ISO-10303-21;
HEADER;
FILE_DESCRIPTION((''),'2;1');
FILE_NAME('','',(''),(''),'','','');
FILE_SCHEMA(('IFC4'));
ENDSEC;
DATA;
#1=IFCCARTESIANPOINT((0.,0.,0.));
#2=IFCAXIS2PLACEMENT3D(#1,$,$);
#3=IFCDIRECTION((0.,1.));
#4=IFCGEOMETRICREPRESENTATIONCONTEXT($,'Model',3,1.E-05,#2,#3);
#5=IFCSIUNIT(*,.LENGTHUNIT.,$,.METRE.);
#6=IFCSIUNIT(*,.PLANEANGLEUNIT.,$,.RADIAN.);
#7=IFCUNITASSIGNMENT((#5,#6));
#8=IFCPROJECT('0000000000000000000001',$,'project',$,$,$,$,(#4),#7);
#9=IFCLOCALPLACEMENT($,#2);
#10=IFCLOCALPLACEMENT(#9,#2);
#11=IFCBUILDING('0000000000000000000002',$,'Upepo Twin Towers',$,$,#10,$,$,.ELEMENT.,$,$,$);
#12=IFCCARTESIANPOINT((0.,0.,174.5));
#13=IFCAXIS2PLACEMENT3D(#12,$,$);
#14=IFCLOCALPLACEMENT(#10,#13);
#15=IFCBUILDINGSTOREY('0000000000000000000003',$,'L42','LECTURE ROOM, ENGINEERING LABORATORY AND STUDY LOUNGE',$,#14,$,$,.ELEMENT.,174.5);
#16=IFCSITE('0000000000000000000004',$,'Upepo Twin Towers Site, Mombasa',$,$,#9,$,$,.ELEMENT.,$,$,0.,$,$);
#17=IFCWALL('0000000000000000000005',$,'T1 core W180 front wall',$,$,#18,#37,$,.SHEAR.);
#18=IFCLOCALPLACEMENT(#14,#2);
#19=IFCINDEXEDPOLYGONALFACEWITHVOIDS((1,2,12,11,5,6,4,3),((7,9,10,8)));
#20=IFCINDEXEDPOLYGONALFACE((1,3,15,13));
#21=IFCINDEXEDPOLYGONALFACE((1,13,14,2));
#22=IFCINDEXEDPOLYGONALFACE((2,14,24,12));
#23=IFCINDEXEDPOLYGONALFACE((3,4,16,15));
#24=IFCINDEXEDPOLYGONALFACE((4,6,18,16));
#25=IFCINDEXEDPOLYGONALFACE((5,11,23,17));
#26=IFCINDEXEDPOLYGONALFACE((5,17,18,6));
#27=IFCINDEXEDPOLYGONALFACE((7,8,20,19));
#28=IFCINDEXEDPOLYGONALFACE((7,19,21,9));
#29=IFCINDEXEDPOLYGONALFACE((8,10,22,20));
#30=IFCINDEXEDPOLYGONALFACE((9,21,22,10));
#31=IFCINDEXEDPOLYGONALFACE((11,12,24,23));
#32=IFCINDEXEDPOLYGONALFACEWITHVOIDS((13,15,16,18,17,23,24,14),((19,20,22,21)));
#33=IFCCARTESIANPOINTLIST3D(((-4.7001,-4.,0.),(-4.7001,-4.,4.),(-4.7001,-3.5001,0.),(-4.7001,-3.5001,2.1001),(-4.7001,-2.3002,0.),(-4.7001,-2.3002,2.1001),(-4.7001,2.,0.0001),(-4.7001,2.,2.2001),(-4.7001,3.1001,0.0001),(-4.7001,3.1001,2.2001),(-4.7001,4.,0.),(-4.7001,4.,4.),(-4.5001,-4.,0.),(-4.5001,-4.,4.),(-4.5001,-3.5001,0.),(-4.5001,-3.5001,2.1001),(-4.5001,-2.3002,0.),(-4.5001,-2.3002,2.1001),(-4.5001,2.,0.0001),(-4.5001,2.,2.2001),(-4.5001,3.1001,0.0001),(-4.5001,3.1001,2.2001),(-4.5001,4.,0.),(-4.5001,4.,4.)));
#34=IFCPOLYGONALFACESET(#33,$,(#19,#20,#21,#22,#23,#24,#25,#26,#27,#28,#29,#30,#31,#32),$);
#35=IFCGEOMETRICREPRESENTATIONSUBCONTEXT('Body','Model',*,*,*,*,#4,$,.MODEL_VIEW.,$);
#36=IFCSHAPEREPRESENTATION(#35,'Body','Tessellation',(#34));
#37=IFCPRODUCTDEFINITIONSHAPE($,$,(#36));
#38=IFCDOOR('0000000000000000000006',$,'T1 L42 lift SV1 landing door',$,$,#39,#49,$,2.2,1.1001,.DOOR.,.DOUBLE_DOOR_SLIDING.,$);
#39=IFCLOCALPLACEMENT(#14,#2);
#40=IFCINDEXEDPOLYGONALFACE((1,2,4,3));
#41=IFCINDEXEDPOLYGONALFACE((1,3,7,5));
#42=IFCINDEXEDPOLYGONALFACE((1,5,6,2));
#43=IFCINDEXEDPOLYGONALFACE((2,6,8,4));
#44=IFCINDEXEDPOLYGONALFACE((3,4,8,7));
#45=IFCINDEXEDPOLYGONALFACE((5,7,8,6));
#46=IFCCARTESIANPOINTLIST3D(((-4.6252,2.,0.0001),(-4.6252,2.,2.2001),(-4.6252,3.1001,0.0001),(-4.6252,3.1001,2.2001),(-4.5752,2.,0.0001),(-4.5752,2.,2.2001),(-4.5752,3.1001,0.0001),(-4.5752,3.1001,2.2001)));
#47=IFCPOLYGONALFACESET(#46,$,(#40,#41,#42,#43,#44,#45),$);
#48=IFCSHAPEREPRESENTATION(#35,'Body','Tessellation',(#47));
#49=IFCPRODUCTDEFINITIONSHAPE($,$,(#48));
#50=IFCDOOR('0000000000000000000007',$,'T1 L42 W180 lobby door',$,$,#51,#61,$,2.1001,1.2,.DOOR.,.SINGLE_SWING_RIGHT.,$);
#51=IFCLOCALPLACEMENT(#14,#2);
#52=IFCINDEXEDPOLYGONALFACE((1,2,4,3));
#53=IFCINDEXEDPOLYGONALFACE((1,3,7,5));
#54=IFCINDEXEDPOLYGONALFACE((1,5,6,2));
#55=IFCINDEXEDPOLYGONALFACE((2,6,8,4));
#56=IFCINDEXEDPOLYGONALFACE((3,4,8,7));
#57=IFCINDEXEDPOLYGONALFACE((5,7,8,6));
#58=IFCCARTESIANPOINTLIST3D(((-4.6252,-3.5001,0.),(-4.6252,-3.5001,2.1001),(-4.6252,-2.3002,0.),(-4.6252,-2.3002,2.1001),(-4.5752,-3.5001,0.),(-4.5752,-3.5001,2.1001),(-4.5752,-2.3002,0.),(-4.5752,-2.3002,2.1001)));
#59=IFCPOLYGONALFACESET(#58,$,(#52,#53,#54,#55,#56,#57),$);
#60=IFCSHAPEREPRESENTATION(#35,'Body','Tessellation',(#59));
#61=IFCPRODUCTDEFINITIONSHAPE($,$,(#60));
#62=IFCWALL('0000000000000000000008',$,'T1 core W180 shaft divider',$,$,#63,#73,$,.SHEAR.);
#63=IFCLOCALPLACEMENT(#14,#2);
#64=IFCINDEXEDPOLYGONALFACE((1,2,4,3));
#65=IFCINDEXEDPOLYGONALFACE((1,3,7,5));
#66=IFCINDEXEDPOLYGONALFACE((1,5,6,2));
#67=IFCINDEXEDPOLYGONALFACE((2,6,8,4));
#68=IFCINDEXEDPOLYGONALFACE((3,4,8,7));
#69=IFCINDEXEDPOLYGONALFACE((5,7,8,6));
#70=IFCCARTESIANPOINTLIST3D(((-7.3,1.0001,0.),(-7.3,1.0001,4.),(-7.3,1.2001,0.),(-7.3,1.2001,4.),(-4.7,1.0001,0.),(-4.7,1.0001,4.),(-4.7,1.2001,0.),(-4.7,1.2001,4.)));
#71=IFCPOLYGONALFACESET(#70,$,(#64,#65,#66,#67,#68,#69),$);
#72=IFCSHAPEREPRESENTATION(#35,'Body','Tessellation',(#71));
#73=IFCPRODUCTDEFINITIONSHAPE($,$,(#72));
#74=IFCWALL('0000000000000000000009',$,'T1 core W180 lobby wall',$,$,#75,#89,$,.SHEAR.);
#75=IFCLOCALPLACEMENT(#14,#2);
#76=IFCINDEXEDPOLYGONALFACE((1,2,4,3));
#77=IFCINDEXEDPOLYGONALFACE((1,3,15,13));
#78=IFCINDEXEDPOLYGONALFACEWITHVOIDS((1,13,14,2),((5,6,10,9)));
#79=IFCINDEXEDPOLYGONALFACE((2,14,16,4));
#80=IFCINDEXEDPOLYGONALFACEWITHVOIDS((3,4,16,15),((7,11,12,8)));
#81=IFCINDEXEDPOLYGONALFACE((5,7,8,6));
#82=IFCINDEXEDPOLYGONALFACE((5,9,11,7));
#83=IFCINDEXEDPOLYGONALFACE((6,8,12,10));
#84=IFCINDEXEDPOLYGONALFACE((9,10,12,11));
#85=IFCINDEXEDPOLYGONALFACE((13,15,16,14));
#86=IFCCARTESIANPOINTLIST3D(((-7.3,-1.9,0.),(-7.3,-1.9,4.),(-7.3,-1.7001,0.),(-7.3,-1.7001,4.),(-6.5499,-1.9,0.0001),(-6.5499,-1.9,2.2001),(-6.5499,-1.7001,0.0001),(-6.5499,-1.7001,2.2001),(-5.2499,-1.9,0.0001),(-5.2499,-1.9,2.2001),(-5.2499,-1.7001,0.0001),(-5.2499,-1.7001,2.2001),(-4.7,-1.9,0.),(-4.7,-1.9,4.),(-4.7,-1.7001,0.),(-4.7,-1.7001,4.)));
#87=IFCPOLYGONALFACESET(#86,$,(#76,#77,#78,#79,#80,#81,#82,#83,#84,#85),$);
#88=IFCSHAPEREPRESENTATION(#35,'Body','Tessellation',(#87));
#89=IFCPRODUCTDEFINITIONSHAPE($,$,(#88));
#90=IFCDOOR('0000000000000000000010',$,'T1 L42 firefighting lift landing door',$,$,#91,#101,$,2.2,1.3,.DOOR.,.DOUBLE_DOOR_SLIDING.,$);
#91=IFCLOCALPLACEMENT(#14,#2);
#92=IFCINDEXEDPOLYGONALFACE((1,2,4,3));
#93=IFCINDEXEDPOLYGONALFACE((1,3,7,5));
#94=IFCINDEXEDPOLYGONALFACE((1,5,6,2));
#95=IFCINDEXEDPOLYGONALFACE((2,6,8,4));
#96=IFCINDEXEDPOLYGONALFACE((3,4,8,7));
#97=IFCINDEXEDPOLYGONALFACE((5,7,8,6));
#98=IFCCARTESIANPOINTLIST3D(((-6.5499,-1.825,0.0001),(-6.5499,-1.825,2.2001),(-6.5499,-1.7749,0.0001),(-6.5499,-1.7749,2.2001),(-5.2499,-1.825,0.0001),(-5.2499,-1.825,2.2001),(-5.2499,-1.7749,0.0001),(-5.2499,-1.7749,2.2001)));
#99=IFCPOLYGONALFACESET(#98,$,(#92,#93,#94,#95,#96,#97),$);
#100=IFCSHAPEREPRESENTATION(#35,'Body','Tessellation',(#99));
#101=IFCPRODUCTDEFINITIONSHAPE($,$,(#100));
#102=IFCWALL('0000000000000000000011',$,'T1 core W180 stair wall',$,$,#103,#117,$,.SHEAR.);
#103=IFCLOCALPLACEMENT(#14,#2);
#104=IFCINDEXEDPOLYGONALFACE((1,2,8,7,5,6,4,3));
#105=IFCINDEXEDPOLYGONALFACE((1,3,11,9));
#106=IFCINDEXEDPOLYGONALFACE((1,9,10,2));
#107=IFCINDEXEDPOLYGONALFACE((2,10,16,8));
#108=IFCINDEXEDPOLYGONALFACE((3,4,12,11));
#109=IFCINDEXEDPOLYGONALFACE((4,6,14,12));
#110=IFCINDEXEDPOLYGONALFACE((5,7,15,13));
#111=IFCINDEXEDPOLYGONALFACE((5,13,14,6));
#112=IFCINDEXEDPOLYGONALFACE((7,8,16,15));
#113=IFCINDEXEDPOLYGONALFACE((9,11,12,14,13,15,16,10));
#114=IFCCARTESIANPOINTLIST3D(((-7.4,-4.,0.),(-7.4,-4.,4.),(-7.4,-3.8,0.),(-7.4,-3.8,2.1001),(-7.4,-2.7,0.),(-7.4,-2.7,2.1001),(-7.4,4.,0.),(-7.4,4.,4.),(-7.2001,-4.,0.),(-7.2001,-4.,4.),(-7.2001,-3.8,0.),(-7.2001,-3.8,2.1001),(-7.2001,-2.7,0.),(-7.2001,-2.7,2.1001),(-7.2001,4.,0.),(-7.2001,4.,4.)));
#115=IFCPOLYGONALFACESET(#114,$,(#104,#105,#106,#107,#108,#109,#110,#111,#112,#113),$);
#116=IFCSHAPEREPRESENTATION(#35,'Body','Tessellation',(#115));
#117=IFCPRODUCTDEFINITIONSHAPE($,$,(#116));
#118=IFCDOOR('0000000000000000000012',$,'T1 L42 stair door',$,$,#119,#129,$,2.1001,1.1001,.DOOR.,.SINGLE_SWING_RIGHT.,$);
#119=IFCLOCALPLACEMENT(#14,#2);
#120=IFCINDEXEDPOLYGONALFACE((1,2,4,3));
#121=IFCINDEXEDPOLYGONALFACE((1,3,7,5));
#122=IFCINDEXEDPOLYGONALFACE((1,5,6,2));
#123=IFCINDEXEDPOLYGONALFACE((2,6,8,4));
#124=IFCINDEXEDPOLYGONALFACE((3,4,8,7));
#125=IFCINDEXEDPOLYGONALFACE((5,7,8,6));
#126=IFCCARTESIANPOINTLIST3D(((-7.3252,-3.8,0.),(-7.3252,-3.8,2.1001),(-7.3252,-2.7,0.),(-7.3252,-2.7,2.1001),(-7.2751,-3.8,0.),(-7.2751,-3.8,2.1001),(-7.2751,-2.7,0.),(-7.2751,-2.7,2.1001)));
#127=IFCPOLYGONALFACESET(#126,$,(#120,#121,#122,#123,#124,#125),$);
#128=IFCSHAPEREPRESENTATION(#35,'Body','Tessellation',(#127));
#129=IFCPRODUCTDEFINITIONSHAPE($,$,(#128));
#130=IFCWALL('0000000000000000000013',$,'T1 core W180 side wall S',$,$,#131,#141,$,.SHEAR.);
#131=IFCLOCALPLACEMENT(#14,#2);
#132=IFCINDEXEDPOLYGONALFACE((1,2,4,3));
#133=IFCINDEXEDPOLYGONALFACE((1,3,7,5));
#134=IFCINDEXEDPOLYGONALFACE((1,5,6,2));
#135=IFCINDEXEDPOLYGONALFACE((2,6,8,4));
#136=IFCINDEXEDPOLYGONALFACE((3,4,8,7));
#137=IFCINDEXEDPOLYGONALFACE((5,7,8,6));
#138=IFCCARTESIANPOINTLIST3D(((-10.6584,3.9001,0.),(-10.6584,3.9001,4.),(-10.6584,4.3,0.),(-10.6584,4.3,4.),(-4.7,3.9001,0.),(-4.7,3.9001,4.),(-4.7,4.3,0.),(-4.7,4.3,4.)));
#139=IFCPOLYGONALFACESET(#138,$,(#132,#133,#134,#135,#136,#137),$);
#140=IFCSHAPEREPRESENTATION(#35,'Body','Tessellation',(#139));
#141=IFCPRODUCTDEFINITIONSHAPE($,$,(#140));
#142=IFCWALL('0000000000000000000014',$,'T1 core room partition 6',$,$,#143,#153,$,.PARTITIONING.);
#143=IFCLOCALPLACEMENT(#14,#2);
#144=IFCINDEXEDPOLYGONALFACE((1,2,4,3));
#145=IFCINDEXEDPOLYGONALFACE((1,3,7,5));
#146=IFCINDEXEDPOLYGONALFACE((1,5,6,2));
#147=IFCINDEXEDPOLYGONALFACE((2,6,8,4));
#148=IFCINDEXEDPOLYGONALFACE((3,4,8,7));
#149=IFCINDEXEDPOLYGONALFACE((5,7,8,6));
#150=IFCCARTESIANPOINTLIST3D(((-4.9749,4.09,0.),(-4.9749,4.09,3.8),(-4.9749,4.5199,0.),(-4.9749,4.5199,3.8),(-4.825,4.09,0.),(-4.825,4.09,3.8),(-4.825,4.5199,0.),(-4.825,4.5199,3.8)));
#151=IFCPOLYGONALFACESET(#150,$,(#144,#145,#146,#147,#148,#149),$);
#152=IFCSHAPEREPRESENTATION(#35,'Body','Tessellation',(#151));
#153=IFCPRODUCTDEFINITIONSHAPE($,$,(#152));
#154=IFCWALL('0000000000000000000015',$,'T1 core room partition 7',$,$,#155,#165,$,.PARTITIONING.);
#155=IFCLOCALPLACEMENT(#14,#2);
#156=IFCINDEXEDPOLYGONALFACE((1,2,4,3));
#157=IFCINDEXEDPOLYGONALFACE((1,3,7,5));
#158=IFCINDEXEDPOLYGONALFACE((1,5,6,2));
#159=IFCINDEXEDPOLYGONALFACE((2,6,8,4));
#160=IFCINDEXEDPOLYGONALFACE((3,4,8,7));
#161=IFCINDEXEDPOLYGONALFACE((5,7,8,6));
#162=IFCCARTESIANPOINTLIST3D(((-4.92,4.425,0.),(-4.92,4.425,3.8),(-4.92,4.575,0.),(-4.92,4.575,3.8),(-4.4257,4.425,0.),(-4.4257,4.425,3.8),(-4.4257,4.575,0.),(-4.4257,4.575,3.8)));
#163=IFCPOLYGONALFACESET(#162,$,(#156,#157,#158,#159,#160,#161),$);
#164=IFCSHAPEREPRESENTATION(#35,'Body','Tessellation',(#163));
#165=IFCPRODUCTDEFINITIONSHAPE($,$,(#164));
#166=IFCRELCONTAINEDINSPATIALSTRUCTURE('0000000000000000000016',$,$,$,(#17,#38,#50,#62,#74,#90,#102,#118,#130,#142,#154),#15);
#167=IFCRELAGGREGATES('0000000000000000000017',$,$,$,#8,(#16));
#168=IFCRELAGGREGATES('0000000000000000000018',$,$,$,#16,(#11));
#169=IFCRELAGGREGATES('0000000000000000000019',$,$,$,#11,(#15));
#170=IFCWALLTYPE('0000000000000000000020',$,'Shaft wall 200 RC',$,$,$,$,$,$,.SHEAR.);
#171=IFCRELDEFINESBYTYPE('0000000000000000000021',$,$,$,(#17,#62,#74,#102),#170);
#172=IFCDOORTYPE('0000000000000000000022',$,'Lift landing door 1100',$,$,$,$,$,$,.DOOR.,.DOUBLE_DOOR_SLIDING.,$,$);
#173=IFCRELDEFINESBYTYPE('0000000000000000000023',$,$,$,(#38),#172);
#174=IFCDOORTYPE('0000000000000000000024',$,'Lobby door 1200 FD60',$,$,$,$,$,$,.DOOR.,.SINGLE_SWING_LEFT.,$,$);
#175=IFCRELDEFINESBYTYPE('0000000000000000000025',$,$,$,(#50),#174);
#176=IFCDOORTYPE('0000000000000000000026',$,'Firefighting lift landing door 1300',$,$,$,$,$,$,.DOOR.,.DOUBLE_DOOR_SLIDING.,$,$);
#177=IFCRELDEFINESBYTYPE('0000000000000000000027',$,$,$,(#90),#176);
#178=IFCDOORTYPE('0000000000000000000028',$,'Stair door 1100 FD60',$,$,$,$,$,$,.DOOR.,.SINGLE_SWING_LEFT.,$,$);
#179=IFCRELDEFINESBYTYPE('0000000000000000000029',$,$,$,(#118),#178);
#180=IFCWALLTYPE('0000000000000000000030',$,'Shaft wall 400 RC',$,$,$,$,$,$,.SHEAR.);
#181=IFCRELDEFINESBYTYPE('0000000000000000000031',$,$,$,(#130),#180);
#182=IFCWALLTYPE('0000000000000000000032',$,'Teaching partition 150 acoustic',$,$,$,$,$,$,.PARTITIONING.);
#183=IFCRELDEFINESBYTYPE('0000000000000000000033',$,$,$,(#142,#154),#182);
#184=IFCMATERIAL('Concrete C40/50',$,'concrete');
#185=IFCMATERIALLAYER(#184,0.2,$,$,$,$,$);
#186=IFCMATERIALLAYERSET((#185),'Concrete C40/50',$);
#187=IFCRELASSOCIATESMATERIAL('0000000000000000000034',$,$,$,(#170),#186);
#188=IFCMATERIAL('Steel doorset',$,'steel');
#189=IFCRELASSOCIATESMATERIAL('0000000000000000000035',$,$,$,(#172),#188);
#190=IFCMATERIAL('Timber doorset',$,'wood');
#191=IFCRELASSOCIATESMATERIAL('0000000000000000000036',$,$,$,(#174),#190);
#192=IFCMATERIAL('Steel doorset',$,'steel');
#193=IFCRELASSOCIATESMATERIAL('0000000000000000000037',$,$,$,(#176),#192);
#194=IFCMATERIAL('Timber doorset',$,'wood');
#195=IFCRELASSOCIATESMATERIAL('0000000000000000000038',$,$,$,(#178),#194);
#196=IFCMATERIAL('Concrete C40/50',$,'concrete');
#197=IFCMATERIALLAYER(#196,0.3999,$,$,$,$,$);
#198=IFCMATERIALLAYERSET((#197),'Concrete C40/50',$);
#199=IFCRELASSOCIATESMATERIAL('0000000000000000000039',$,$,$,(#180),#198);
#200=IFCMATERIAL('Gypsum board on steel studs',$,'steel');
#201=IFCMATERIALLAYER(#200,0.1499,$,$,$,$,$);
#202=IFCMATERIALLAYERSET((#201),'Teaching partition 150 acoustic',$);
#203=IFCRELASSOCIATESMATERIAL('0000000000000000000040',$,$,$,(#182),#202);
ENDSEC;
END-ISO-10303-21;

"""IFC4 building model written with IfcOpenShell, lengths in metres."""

from ifc_helpers import new_model, si_unit, direction, frame, frame_2d, origin, place, context, subcontext, project, spatial, rectangle, extrude, material, layer, layer_set, type_object, element, fill, save


model = new_model("IFC4")

# Units and contexts
model_context = context("Model", 3, precision=1e-05, world=origin(), true_north=direction((0.0, 1.0)))
body_context = subcontext(model_context, "Body", "Model", "MODEL_VIEW")
ifc_project = project(units=[si_unit("LENGTHUNIT", "METRE"), si_unit("PLANEANGLEUNIT", "RADIAN")], contexts=[model_context])

# Site, building, storey
site_placement = place(None, origin())
site = spatial("IfcSite", under=ifc_project, at=site_placement, Name="Upepo Twin Towers Site, Mombasa", CompositionType="ELEMENT", RefElevation=0.0)
building_placement = place(site_placement, origin())
building = spatial("IfcBuilding", under=site, at=building_placement, Name="Upepo Twin Towers", CompositionType="ELEMENT")
storey_placement = place(building_placement, frame((0.0, 0.0, 174.5)))
storey = spatial("IfcBuildingStorey", under=building, at=storey_placement, Name="L42", Description="LECTURE ROOM, ENGINEERING LABORATORY AND STUDY LOUNGE", CompositionType="ELEMENT", Elevation=174.5)

# Wall, openings, doors
ifc_material_1 = material(Name="Concrete C40/50", Category="concrete")
ifc_layer_1 = layer(ifc_material_1, 0.2)
ifc_layer_set_1 = layer_set([ifc_layer_1], Name="Concrete C40/50")
wall_type_1 = type_object("IfcWallType", Name="Shaft wall 200 RC", PredefinedType="SHEAR", material=ifc_layer_set_1)
wall_1_placement = place(storey_placement, frame((-4.6001, 4.0, 0.0), z_axis=(0.0, 0.0, 1.0), x_axis=(0.0, -1.0, 0.0)))
wall_1 = element("IfcWall", 1, at=wall_1_placement, inside=storey, type_object=wall_type_1, Name="T1 core W180 front wall", PredefinedType="SHEAR", context=body_context, shape_type="SweptSolid", body=[
    extrude(rectangle(XDim=8.0, YDim=0.2, at=frame_2d((4.0, 0.0))), origin(), (0.0, 0.0, 1.0), 4.0),
])
opening_1_placement = place(wall_1_placement, frame((6.3, 0.0, 0.0)))
opening_1 = element("IfcOpeningElement", 2, at=opening_1_placement, cuts=wall_1, PredefinedType="OPENING", context=body_context, shape_type="SweptSolid", body=[
    extrude(rectangle(XDim=1.2, YDim=2.1001, at=frame_2d((0.6001, 1.05))), frame((0.0, 0.1099, 0.0), z_axis=(0.0, -1.0, 0.0), x_axis=(1.0, 0.0, 0.0)), (0.0, 0.0, 1.0), 0.22),
])
opening_2_placement = place(wall_1_placement, frame((0.8999, 0.0, 0.0)))
opening_2 = element("IfcOpeningElement", 3, at=opening_2_placement, cuts=wall_1, PredefinedType="OPENING", context=body_context, shape_type="SweptSolid", body=[
    extrude(rectangle(XDim=1.1001, YDim=2.2, at=frame_2d((0.55, 1.1001))), frame((0.0, 0.1099, 0.0), z_axis=(0.0, -1.0, 0.0), x_axis=(1.0, 0.0, 0.0)), (0.0, 0.0, 1.0), 0.22),
])
ifc_material_2 = material(Name="Steel doorset", Category="steel")
door_type_1 = type_object("IfcDoorType", Name="Lift landing door 1100", OperationType="DOUBLE_DOOR_SLIDING", PredefinedType="DOOR", material=ifc_material_2)
door_1_placement = place(opening_2_placement, origin())
door_1 = element("IfcDoor", 4, at=door_1_placement, inside=storey, type_object=door_type_1, Name="T1 L42 lift SV1 landing door", OperationType="DOUBLE_DOOR_SLIDING", OverallHeight=2.2, OverallWidth=1.1001, PredefinedType="DOOR", context=body_context, shape_type="SweptSolid", body=[
    extrude(rectangle(XDim=1.1001, YDim=2.2, at=frame_2d((0.55, 1.1001))), frame((0.0, 0.0249, 0.0), z_axis=(0.0, -1.0, 0.0), x_axis=(1.0, 0.0, 0.0)), (0.0, 0.0, 1.0), 0.05),
])
fill(opening_2, door_1)
ifc_material_3 = material(Name="Timber doorset", Category="wood")
door_type_2 = type_object("IfcDoorType", Name="Lobby door 1200 FD60", OperationType="SINGLE_SWING_LEFT", PredefinedType="DOOR", material=ifc_material_3)
door_2_placement = place(opening_1_placement, origin())
door_2 = element("IfcDoor", 5, at=door_2_placement, inside=storey, type_object=door_type_2, Name="T1 L42 W180 lobby door", OperationType="SINGLE_SWING_RIGHT", OverallHeight=2.1001, OverallWidth=1.2, PredefinedType="DOOR", context=body_context, shape_type="SweptSolid", body=[
    extrude(rectangle(XDim=1.2, YDim=2.1001, at=frame_2d((0.6001, 1.05))), frame((0.0, 0.0249, 0.0), z_axis=(0.0, -1.0, 0.0), x_axis=(1.0, 0.0, 0.0)), (0.0, 0.0, 1.0), 0.05),
])
fill(opening_1, door_2)

# Wall
wall_2_placement = place(storey_placement, frame((-4.7, 1.1001, 0.0), z_axis=(0.0, 0.0, 1.0), x_axis=(-1.0, 0.0, 0.0)))
element("IfcWall", 6, at=wall_2_placement, inside=storey, type_object=wall_type_1, Name="T1 core W180 shaft divider", PredefinedType="SHEAR", context=body_context, shape_type="SweptSolid", body=[
    extrude(rectangle(XDim=2.6001, YDim=0.2, at=frame_2d((1.3, 0.0))), origin(), (0.0, 0.0, 1.0), 4.0),
])

# Walls, openings, doors
wall_3_placement = place(storey_placement, frame((-4.7, -1.8, 0.0), z_axis=(0.0, 0.0, 1.0), x_axis=(-1.0, 0.0, 0.0)))
wall_3 = element("IfcWall", 7, at=wall_3_placement, inside=storey, type_object=wall_type_1, Name="T1 core W180 lobby wall", PredefinedType="SHEAR", context=body_context, shape_type="SweptSolid", body=[
    extrude(rectangle(XDim=2.6001, YDim=0.2, at=frame_2d((1.3, 0.0))), origin(), (0.0, 0.0, 1.0), 4.0),
])
opening_3_placement = place(wall_3_placement, frame((0.55, 0.0, 0.0)))
opening_3 = element("IfcOpeningElement", 8, at=opening_3_placement, cuts=wall_3, PredefinedType="OPENING", context=body_context, shape_type="SweptSolid", body=[
    extrude(rectangle(XDim=1.3, YDim=2.2, at=frame_2d((0.6499, 1.1001))), frame((0.0, 0.1099, 0.0), z_axis=(0.0, -1.0, 0.0), x_axis=(1.0, 0.0, 0.0)), (0.0, 0.0, 1.0), 0.22),
])
ifc_material_4 = material(Name="Steel doorset", Category="steel")
door_type_3 = type_object("IfcDoorType", Name="Firefighting lift landing door 1300", OperationType="DOUBLE_DOOR_SLIDING", PredefinedType="DOOR", material=ifc_material_4)
door_3_placement = place(opening_3_placement, origin())
door_3 = element("IfcDoor", 9, at=door_3_placement, inside=storey, type_object=door_type_3, Name="T1 L42 firefighting lift landing door", OperationType="DOUBLE_DOOR_SLIDING", OverallHeight=2.2, OverallWidth=1.3, PredefinedType="DOOR", context=body_context, shape_type="SweptSolid", body=[
    extrude(rectangle(XDim=1.3, YDim=2.2, at=frame_2d((0.6499, 1.1001))), frame((0.0, 0.0249, 0.0), z_axis=(0.0, -1.0, 0.0), x_axis=(1.0, 0.0, 0.0)), (0.0, 0.0, 1.0), 0.05),
])
fill(opening_3, door_3)
wall_4_placement = place(storey_placement, frame((-7.3, 4.0, 0.0), z_axis=(0.0, 0.0, 1.0), x_axis=(0.0, -1.0, 0.0)))
wall_4 = element("IfcWall", 10, at=wall_4_placement, inside=storey, type_object=wall_type_1, Name="T1 core W180 stair wall", PredefinedType="SHEAR", context=body_context, shape_type="SweptSolid", body=[
    extrude(rectangle(XDim=8.0, YDim=0.2, at=frame_2d((4.0, 0.0))), origin(), (0.0, 0.0, 1.0), 4.0),
])
opening_4_placement = place(wall_4_placement, frame((6.7, 0.0, 0.0)))
opening_4 = element("IfcOpeningElement", 11, at=opening_4_placement, cuts=wall_4, PredefinedType="OPENING", context=body_context, shape_type="SweptSolid", body=[
    extrude(rectangle(XDim=1.1001, YDim=2.1001, at=frame_2d((0.55, 1.05))), frame((0.0, 0.1099, 0.0), z_axis=(0.0, -1.0, 0.0), x_axis=(1.0, 0.0, 0.0)), (0.0, 0.0, 1.0), 0.22),
])
ifc_material_5 = material(Name="Timber doorset", Category="wood")
door_type_4 = type_object("IfcDoorType", Name="Stair door 1100 FD60", OperationType="SINGLE_SWING_LEFT", PredefinedType="DOOR", material=ifc_material_5)
door_4_placement = place(opening_4_placement, origin())
door_4 = element("IfcDoor", 12, at=door_4_placement, inside=storey, type_object=door_type_4, Name="T1 L42 stair door", OperationType="SINGLE_SWING_RIGHT", OverallHeight=2.1001, OverallWidth=1.1001, PredefinedType="DOOR", context=body_context, shape_type="SweptSolid", body=[
    extrude(rectangle(XDim=1.1001, YDim=2.1001, at=frame_2d((0.55, 1.05))), frame((0.0, 0.0249, 0.0), z_axis=(0.0, -1.0, 0.0), x_axis=(1.0, 0.0, 0.0)), (0.0, 0.0, 1.0), 0.05),
])
fill(opening_4, door_4)

# Walls
ifc_material_6 = material(Name="Concrete C40/50", Category="concrete")
ifc_layer_2 = layer(ifc_material_6, 0.3999)
ifc_layer_set_2 = layer_set([ifc_layer_2], Name="Concrete C40/50")
wall_type_2 = type_object("IfcWallType", Name="Shaft wall 400 RC", PredefinedType="SHEAR", material=ifc_layer_set_2)
wall_5_placement = place(storey_placement, frame((-4.7, 4.1001, 0.0), z_axis=(0.0, 0.0, 1.0), x_axis=(-1.0, 0.0, 0.0)))
element("IfcWall", 13, at=wall_5_placement, inside=storey, type_object=wall_type_2, Name="T1 core W180 side wall S", PredefinedType="SHEAR", context=body_context, shape_type="SweptSolid", body=[
    extrude(rectangle(XDim=5.9585, YDim=0.3999, at=frame_2d((2.9792, 0.0))), origin(), (0.0, 0.0, 1.0), 4.0),
])
ifc_material_7 = material(Name="Gypsum board on steel studs", Category="steel")
ifc_layer_3 = layer(ifc_material_7, 0.1499)
ifc_layer_set_3 = layer_set([ifc_layer_3], Name="Teaching partition 150 acoustic")
wall_type_3 = type_object("IfcWallType", Name="Teaching partition 150 acoustic", PredefinedType="PARTITIONING", material=ifc_layer_set_3)
wall_6_placement = place(storey_placement, frame((-4.8999, 4.0901, 0.0), z_axis=(0.0, 0.0, 1.0), x_axis=(0.0, 1.0, 0.0)))
element("IfcWall", 14, at=wall_6_placement, inside=storey, type_object=wall_type_3, Name="T1 core room partition 6", PredefinedType="PARTITIONING", context=body_context, shape_type="SweptSolid", body=[
    extrude(rectangle(XDim=0.4299, YDim=0.1499, at=frame_2d((0.2148, 0.0))), origin(), (0.0, 0.0, 1.0), 3.8),
])
wall_7_placement = place(storey_placement, frame((-4.9199, 4.5, 0.0), z_axis=(0.0, 0.0, 1.0), x_axis=(1.0, 0.0, 0.0)))
element("IfcWall", 15, at=wall_7_placement, inside=storey, type_object=wall_type_3, Name="T1 core room partition 7", PredefinedType="PARTITIONING", context=body_context, shape_type="SweptSolid", body=[
    extrude(rectangle(XDim=0.4944, YDim=0.1499, at=frame_2d((0.2471, 0.0))), origin(), (0.0, 0.0, 1.0), 3.8),
])

save(model, "model.ifc")
